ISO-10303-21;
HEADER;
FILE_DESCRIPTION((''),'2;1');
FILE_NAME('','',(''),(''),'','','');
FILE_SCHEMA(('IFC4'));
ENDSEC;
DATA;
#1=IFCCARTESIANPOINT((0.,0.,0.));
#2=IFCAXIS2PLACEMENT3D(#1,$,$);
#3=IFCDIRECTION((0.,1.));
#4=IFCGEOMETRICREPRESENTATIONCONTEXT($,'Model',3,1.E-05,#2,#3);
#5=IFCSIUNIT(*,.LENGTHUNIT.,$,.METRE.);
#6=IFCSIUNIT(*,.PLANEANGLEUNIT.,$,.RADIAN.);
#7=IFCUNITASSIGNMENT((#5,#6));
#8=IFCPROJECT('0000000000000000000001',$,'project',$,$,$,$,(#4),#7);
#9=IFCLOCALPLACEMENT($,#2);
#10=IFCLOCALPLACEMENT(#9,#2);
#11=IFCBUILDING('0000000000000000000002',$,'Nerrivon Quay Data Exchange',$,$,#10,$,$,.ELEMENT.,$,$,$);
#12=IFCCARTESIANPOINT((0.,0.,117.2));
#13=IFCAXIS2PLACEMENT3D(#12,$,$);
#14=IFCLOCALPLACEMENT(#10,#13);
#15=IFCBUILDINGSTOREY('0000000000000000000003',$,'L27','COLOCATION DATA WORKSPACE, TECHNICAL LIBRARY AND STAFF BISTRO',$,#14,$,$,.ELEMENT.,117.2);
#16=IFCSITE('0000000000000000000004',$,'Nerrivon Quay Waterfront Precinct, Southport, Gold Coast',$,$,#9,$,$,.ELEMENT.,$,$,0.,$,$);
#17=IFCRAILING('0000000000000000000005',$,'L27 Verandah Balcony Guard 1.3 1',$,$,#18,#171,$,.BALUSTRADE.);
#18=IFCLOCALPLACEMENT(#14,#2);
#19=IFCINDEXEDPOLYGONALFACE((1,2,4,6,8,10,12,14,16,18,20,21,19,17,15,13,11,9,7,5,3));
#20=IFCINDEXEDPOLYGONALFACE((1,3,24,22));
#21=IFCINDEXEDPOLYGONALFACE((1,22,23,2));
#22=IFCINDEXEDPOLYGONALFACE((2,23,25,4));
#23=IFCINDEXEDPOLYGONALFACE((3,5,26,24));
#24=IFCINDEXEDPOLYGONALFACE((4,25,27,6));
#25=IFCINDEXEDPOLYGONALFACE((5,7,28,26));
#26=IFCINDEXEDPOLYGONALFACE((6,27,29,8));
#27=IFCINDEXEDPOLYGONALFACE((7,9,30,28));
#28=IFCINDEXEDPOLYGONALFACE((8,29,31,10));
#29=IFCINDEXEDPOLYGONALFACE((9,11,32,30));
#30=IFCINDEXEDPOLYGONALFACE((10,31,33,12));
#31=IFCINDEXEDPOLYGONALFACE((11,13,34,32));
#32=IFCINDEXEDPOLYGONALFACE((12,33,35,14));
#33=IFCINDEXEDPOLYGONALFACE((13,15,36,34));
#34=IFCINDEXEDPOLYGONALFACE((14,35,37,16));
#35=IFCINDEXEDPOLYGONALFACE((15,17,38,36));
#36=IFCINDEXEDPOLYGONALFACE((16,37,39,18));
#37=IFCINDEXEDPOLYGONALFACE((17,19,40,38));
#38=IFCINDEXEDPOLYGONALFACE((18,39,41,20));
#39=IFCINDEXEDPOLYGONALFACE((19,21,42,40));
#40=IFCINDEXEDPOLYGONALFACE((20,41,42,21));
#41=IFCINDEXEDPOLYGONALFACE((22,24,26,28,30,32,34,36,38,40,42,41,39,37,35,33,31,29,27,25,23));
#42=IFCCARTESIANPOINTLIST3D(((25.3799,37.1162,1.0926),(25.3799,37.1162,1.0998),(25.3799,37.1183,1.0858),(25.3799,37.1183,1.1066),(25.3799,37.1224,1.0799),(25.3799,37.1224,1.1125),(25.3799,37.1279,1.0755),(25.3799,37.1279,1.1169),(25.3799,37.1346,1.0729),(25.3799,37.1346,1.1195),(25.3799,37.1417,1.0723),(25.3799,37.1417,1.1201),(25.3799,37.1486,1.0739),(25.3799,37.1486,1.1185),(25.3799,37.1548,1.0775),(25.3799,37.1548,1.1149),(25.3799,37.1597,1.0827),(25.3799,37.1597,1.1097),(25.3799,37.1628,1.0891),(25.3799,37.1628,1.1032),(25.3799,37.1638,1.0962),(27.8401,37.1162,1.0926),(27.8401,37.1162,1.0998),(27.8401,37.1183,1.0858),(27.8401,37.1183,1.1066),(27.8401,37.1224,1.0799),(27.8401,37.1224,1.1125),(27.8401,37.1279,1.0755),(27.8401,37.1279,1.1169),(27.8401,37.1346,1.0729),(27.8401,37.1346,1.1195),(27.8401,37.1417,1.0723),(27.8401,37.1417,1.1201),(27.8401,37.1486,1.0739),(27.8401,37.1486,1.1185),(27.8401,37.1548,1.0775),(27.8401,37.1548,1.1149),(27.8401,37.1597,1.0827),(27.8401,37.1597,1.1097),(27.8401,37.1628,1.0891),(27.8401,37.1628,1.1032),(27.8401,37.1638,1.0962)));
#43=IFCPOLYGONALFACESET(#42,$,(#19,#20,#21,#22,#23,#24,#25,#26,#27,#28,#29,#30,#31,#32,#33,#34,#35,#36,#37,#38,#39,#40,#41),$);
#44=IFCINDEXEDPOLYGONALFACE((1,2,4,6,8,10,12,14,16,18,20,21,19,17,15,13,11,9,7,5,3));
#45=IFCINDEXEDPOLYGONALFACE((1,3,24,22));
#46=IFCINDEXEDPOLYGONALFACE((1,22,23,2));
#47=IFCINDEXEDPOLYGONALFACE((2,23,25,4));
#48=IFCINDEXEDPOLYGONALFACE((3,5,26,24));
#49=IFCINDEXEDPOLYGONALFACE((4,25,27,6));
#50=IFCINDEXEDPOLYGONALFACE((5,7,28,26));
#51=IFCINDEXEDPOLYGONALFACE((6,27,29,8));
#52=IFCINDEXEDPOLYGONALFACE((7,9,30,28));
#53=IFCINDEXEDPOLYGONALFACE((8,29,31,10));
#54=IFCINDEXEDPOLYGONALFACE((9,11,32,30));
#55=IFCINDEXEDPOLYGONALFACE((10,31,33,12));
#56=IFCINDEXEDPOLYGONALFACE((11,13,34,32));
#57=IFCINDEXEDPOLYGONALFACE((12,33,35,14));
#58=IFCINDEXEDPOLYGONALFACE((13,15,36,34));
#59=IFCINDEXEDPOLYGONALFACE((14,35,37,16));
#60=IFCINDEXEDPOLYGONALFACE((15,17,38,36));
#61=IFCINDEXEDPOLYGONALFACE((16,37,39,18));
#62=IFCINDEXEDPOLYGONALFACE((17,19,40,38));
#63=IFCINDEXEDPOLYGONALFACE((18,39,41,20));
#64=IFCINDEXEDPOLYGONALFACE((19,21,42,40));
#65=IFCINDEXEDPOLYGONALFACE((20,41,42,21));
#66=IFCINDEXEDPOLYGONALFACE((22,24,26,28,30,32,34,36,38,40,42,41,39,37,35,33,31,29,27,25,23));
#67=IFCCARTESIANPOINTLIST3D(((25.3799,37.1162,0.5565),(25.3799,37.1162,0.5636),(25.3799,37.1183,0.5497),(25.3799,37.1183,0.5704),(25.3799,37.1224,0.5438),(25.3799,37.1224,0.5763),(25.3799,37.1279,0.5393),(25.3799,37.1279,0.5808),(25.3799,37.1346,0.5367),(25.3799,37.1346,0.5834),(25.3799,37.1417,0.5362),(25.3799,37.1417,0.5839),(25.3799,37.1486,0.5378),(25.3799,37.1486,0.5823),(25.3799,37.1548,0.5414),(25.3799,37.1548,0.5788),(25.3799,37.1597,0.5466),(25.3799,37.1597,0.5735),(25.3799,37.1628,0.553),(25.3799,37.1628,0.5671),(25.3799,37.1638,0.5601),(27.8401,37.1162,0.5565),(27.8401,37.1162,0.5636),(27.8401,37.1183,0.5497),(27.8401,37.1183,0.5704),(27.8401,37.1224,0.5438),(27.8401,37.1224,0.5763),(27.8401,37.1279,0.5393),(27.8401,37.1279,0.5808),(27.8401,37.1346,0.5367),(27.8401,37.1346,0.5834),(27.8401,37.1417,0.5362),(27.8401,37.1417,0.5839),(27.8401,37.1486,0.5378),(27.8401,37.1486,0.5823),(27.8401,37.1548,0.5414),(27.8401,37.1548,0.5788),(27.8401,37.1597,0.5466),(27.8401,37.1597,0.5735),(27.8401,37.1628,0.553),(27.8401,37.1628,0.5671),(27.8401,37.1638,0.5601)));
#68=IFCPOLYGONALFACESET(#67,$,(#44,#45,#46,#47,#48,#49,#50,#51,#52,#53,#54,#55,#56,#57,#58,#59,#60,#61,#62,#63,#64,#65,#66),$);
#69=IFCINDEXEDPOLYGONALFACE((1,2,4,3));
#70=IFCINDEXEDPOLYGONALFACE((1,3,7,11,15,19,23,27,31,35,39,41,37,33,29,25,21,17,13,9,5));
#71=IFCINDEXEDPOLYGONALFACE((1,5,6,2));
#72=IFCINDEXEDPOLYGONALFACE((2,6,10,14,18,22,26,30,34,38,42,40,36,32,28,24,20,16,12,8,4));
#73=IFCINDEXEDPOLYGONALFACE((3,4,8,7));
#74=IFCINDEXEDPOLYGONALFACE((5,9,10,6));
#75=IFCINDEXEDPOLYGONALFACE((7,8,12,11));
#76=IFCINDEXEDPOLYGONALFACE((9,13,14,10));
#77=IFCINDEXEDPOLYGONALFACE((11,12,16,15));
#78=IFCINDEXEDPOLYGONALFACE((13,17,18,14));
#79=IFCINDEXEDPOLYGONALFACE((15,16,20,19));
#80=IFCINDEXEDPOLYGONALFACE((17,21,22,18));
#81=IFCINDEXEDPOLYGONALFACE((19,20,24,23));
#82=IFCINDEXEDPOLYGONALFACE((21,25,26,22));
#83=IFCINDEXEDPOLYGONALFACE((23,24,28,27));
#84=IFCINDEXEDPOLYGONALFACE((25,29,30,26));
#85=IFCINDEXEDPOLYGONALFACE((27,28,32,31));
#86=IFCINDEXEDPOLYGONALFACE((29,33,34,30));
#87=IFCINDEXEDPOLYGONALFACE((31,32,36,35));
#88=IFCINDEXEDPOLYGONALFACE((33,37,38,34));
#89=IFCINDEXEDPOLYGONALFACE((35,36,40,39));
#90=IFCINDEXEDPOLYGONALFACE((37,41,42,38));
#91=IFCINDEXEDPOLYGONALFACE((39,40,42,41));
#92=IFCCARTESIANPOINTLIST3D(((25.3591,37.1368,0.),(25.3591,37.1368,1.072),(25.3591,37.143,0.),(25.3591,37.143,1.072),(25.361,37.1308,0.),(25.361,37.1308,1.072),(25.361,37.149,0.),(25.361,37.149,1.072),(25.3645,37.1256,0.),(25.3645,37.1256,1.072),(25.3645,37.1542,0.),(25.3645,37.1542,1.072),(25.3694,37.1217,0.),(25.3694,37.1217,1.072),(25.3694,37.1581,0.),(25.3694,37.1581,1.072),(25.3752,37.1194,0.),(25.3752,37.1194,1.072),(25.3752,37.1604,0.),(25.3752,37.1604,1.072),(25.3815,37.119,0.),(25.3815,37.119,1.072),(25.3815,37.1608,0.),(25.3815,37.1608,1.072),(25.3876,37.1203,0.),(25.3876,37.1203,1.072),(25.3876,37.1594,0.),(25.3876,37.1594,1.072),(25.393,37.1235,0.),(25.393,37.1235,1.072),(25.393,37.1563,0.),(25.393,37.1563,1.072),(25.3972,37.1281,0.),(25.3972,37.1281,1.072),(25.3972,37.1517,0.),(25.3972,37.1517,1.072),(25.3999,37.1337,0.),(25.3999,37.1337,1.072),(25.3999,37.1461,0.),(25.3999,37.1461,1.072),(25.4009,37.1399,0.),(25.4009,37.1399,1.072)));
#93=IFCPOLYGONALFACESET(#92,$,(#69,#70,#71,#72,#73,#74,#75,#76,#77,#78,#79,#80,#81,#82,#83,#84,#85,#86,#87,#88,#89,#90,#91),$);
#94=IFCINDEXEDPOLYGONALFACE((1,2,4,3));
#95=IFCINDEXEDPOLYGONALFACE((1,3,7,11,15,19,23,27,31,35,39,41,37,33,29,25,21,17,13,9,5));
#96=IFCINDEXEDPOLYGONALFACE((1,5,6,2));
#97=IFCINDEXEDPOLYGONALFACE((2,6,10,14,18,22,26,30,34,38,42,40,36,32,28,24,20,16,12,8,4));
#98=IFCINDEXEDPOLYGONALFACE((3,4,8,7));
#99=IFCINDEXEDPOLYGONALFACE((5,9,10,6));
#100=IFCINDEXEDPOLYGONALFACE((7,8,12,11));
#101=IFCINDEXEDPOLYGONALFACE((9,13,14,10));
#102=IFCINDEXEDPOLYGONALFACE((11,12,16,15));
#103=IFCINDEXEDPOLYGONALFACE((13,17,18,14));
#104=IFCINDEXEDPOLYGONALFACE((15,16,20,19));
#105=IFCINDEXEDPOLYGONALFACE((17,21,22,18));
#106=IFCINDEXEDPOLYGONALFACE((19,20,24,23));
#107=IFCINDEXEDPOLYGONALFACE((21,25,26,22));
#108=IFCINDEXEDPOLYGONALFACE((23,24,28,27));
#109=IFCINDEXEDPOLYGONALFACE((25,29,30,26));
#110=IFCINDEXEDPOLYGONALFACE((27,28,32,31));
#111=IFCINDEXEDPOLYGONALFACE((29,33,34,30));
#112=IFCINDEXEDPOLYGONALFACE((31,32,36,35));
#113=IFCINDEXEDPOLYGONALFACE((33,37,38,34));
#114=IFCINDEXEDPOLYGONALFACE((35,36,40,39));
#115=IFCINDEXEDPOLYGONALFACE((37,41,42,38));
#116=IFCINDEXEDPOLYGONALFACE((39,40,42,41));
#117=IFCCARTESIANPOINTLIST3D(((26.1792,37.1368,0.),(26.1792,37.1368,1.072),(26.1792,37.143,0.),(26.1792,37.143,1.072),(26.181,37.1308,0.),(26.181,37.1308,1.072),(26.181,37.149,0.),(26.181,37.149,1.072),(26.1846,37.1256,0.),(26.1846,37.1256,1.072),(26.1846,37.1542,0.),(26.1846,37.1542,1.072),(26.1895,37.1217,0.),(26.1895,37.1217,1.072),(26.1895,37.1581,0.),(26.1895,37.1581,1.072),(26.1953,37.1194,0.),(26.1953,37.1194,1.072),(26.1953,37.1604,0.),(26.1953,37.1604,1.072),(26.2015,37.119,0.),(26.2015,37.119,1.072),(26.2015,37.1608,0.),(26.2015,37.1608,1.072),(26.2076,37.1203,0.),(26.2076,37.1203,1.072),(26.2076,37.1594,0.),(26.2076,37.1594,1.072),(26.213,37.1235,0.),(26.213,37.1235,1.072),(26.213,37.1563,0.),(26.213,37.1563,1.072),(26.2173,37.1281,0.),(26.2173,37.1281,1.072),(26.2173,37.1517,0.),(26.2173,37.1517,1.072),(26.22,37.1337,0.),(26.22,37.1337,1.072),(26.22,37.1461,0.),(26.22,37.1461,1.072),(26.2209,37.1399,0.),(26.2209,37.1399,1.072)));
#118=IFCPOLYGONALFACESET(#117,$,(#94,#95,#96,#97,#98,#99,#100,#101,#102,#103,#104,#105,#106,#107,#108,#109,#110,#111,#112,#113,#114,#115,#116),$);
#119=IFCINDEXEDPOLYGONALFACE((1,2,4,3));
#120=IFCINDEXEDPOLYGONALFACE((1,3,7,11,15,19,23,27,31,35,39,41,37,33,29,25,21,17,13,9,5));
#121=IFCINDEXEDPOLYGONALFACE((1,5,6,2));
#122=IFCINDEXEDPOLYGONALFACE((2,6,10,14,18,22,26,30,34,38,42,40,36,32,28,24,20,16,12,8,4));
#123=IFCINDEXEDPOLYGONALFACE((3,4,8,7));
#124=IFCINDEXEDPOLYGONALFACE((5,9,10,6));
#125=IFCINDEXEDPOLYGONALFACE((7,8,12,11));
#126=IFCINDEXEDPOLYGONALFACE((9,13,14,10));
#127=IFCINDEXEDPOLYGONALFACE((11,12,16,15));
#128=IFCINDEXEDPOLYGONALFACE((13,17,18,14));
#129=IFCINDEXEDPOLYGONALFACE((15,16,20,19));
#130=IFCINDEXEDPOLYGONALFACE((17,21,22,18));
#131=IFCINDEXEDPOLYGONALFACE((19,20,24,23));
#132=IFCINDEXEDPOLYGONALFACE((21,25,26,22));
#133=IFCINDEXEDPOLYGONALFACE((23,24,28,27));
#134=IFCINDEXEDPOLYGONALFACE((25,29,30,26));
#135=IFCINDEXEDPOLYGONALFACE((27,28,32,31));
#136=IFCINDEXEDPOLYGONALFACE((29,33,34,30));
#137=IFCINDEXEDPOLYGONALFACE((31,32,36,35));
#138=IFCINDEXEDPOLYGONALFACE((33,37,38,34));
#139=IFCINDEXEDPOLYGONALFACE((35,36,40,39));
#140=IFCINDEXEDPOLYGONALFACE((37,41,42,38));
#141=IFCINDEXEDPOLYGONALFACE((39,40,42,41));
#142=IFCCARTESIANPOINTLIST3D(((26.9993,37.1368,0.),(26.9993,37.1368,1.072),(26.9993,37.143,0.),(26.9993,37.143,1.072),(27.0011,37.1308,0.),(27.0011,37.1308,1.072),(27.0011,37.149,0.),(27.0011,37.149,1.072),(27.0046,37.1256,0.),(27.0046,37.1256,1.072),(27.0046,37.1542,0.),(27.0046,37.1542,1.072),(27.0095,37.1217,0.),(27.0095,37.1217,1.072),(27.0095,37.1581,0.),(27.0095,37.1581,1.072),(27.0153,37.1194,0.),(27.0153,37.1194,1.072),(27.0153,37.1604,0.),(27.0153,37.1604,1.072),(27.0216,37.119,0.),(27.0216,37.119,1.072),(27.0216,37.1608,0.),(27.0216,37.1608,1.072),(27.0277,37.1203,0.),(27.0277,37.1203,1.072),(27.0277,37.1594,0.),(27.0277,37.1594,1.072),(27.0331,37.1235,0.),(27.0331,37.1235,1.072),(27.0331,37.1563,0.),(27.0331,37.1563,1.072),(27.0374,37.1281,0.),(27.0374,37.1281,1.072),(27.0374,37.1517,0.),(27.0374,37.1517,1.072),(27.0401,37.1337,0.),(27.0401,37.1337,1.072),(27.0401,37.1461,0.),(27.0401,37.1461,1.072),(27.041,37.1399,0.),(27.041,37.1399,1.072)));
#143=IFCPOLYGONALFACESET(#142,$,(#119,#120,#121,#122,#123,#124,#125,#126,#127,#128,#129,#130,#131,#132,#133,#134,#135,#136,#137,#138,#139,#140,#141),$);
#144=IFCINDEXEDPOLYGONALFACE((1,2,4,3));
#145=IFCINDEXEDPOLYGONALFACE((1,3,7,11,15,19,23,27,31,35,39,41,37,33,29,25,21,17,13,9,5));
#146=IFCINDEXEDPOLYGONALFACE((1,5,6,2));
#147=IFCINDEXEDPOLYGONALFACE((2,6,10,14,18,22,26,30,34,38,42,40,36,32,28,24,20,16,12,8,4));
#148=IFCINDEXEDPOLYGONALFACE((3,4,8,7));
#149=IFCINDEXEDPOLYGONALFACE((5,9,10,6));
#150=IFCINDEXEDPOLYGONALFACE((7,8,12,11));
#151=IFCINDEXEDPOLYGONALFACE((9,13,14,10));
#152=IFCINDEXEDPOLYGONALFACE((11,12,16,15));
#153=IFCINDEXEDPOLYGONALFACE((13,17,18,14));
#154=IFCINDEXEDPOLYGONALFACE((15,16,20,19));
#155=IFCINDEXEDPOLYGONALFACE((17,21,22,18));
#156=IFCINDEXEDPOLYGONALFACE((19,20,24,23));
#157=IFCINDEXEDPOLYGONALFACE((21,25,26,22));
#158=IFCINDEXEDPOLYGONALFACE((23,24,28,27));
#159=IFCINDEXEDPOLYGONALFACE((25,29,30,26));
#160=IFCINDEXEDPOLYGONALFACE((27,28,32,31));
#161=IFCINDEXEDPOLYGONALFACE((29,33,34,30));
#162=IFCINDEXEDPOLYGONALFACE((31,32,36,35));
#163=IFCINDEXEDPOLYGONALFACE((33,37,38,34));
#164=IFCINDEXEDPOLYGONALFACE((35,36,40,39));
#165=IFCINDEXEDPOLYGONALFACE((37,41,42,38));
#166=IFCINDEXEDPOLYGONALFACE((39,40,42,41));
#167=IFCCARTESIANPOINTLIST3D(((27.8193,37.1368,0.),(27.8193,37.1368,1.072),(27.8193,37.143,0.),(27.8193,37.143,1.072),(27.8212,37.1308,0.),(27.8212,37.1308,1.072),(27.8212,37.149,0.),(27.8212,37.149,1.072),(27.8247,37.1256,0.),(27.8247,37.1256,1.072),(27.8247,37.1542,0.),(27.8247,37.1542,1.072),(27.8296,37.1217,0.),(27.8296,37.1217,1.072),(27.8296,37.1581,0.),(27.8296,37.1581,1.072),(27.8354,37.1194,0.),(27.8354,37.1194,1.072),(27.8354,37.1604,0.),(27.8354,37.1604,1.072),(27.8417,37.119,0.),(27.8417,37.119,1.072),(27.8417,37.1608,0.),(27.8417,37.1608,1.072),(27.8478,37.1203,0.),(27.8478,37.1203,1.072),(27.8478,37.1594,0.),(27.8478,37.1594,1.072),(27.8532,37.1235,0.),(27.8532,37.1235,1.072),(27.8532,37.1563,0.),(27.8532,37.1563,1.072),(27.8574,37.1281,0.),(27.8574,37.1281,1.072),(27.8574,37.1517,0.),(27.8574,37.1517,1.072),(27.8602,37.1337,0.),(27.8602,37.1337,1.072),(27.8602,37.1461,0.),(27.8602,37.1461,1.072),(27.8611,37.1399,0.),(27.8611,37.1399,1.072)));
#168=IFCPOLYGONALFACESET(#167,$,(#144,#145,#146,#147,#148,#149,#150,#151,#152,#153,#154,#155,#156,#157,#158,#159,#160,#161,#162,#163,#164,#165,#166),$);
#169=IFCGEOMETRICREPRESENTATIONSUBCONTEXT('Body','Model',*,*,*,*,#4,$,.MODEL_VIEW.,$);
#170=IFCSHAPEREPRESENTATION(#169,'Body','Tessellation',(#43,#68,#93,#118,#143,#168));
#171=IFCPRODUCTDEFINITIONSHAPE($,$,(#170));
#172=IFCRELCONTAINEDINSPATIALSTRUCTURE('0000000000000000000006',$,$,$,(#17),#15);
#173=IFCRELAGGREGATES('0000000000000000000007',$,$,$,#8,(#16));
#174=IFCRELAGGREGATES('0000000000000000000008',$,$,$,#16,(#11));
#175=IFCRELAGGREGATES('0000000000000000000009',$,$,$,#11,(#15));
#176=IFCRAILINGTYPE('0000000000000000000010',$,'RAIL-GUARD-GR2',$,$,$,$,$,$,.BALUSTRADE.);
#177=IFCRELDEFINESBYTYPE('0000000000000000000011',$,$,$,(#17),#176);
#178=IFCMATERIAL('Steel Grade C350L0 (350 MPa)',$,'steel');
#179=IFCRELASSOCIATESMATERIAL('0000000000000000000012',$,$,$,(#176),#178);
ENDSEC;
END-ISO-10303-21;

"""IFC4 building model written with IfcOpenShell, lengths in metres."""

from ifc_helpers import new_model, si_unit, direction, frame, origin, origin_2d, place, context, subcontext, project, spatial, circle, extrude, material, type_object, element, save


model = new_model("IFC4")

# Units and contexts
model_context = context("Model", 3, precision=1e-05, world=origin(), true_north=direction((0.0, 1.0)))
body_context = subcontext(model_context, "Body", "Model", "MODEL_VIEW")
ifc_project = project(units=[si_unit("LENGTHUNIT", "METRE"), si_unit("PLANEANGLEUNIT", "RADIAN")], contexts=[model_context])

# Site, building, storey
site_placement = place(None, origin())
site = spatial("IfcSite", under=ifc_project, at=site_placement, Name="Nerrivon Quay Waterfront Precinct, Southport, Gold Coast", CompositionType="ELEMENT", RefElevation=0.0)
building_placement = place(site_placement, origin())
building = spatial("IfcBuilding", under=site, at=building_placement, Name="Nerrivon Quay Data Exchange", CompositionType="ELEMENT")
storey_placement = place(building_placement, frame((0.0, 0.0, 117.2)))
storey = spatial("IfcBuildingStorey", under=building, at=storey_placement, Name="L27", Description="COLOCATION DATA WORKSPACE, TECHNICAL LIBRARY AND STAFF BISTRO", CompositionType="ELEMENT", Elevation=117.2)

# Railing
ifc_material_1 = material(Name="Steel Grade C350L0 (350 MPa)", Category="steel")
railing_type = type_object("IfcRailingType", Name="RAIL-GUARD-GR2", PredefinedType="BALUSTRADE", material=ifc_material_1)
railing_1_placement = place(storey_placement, frame((25.3799, 37.1399, 0.0)))
element("IfcRailing", 1, at=railing_1_placement, inside=storey, type_object=railing_type, Name="L27 Verandah Balcony Guard 1.3 1", PredefinedType="BALUSTRADE", context=body_context, shape_type="SweptSolid", body=[
    extrude(circle(Radius=0.0239, at=origin_2d()), frame((0.0, 0.0, 1.0962), z_axis=(1.0, 0.0, 0.0), x_axis=(0.0, 1.0, 0.0)), (0.0, 0.0, 1.0), 2.4602),
    extrude(circle(Radius=0.0239, at=origin_2d()), frame((0.0, 0.0, 0.5601), z_axis=(1.0, 0.0, 0.0), x_axis=(0.0, 1.0, 0.0)), (0.0, 0.0, 1.0), 2.4602),
    extrude(circle(Radius=0.021, at=origin_2d()), origin(), (0.0, 0.0, 1.0), 1.072),
    extrude(circle(Radius=0.021, at=origin_2d()), frame((0.8201, 0.0, 0.0)), (0.0, 0.0, 1.0), 1.072),
    extrude(circle(Radius=0.021, at=origin_2d()), frame((1.6401, 0.0, 0.0)), (0.0, 0.0, 1.0), 1.072),
    extrude(circle(Radius=0.021, at=origin_2d()), frame((2.4602, 0.0, 0.0)), (0.0, 0.0, 1.0), 1.072),
])

save(model, "model.ifc")
